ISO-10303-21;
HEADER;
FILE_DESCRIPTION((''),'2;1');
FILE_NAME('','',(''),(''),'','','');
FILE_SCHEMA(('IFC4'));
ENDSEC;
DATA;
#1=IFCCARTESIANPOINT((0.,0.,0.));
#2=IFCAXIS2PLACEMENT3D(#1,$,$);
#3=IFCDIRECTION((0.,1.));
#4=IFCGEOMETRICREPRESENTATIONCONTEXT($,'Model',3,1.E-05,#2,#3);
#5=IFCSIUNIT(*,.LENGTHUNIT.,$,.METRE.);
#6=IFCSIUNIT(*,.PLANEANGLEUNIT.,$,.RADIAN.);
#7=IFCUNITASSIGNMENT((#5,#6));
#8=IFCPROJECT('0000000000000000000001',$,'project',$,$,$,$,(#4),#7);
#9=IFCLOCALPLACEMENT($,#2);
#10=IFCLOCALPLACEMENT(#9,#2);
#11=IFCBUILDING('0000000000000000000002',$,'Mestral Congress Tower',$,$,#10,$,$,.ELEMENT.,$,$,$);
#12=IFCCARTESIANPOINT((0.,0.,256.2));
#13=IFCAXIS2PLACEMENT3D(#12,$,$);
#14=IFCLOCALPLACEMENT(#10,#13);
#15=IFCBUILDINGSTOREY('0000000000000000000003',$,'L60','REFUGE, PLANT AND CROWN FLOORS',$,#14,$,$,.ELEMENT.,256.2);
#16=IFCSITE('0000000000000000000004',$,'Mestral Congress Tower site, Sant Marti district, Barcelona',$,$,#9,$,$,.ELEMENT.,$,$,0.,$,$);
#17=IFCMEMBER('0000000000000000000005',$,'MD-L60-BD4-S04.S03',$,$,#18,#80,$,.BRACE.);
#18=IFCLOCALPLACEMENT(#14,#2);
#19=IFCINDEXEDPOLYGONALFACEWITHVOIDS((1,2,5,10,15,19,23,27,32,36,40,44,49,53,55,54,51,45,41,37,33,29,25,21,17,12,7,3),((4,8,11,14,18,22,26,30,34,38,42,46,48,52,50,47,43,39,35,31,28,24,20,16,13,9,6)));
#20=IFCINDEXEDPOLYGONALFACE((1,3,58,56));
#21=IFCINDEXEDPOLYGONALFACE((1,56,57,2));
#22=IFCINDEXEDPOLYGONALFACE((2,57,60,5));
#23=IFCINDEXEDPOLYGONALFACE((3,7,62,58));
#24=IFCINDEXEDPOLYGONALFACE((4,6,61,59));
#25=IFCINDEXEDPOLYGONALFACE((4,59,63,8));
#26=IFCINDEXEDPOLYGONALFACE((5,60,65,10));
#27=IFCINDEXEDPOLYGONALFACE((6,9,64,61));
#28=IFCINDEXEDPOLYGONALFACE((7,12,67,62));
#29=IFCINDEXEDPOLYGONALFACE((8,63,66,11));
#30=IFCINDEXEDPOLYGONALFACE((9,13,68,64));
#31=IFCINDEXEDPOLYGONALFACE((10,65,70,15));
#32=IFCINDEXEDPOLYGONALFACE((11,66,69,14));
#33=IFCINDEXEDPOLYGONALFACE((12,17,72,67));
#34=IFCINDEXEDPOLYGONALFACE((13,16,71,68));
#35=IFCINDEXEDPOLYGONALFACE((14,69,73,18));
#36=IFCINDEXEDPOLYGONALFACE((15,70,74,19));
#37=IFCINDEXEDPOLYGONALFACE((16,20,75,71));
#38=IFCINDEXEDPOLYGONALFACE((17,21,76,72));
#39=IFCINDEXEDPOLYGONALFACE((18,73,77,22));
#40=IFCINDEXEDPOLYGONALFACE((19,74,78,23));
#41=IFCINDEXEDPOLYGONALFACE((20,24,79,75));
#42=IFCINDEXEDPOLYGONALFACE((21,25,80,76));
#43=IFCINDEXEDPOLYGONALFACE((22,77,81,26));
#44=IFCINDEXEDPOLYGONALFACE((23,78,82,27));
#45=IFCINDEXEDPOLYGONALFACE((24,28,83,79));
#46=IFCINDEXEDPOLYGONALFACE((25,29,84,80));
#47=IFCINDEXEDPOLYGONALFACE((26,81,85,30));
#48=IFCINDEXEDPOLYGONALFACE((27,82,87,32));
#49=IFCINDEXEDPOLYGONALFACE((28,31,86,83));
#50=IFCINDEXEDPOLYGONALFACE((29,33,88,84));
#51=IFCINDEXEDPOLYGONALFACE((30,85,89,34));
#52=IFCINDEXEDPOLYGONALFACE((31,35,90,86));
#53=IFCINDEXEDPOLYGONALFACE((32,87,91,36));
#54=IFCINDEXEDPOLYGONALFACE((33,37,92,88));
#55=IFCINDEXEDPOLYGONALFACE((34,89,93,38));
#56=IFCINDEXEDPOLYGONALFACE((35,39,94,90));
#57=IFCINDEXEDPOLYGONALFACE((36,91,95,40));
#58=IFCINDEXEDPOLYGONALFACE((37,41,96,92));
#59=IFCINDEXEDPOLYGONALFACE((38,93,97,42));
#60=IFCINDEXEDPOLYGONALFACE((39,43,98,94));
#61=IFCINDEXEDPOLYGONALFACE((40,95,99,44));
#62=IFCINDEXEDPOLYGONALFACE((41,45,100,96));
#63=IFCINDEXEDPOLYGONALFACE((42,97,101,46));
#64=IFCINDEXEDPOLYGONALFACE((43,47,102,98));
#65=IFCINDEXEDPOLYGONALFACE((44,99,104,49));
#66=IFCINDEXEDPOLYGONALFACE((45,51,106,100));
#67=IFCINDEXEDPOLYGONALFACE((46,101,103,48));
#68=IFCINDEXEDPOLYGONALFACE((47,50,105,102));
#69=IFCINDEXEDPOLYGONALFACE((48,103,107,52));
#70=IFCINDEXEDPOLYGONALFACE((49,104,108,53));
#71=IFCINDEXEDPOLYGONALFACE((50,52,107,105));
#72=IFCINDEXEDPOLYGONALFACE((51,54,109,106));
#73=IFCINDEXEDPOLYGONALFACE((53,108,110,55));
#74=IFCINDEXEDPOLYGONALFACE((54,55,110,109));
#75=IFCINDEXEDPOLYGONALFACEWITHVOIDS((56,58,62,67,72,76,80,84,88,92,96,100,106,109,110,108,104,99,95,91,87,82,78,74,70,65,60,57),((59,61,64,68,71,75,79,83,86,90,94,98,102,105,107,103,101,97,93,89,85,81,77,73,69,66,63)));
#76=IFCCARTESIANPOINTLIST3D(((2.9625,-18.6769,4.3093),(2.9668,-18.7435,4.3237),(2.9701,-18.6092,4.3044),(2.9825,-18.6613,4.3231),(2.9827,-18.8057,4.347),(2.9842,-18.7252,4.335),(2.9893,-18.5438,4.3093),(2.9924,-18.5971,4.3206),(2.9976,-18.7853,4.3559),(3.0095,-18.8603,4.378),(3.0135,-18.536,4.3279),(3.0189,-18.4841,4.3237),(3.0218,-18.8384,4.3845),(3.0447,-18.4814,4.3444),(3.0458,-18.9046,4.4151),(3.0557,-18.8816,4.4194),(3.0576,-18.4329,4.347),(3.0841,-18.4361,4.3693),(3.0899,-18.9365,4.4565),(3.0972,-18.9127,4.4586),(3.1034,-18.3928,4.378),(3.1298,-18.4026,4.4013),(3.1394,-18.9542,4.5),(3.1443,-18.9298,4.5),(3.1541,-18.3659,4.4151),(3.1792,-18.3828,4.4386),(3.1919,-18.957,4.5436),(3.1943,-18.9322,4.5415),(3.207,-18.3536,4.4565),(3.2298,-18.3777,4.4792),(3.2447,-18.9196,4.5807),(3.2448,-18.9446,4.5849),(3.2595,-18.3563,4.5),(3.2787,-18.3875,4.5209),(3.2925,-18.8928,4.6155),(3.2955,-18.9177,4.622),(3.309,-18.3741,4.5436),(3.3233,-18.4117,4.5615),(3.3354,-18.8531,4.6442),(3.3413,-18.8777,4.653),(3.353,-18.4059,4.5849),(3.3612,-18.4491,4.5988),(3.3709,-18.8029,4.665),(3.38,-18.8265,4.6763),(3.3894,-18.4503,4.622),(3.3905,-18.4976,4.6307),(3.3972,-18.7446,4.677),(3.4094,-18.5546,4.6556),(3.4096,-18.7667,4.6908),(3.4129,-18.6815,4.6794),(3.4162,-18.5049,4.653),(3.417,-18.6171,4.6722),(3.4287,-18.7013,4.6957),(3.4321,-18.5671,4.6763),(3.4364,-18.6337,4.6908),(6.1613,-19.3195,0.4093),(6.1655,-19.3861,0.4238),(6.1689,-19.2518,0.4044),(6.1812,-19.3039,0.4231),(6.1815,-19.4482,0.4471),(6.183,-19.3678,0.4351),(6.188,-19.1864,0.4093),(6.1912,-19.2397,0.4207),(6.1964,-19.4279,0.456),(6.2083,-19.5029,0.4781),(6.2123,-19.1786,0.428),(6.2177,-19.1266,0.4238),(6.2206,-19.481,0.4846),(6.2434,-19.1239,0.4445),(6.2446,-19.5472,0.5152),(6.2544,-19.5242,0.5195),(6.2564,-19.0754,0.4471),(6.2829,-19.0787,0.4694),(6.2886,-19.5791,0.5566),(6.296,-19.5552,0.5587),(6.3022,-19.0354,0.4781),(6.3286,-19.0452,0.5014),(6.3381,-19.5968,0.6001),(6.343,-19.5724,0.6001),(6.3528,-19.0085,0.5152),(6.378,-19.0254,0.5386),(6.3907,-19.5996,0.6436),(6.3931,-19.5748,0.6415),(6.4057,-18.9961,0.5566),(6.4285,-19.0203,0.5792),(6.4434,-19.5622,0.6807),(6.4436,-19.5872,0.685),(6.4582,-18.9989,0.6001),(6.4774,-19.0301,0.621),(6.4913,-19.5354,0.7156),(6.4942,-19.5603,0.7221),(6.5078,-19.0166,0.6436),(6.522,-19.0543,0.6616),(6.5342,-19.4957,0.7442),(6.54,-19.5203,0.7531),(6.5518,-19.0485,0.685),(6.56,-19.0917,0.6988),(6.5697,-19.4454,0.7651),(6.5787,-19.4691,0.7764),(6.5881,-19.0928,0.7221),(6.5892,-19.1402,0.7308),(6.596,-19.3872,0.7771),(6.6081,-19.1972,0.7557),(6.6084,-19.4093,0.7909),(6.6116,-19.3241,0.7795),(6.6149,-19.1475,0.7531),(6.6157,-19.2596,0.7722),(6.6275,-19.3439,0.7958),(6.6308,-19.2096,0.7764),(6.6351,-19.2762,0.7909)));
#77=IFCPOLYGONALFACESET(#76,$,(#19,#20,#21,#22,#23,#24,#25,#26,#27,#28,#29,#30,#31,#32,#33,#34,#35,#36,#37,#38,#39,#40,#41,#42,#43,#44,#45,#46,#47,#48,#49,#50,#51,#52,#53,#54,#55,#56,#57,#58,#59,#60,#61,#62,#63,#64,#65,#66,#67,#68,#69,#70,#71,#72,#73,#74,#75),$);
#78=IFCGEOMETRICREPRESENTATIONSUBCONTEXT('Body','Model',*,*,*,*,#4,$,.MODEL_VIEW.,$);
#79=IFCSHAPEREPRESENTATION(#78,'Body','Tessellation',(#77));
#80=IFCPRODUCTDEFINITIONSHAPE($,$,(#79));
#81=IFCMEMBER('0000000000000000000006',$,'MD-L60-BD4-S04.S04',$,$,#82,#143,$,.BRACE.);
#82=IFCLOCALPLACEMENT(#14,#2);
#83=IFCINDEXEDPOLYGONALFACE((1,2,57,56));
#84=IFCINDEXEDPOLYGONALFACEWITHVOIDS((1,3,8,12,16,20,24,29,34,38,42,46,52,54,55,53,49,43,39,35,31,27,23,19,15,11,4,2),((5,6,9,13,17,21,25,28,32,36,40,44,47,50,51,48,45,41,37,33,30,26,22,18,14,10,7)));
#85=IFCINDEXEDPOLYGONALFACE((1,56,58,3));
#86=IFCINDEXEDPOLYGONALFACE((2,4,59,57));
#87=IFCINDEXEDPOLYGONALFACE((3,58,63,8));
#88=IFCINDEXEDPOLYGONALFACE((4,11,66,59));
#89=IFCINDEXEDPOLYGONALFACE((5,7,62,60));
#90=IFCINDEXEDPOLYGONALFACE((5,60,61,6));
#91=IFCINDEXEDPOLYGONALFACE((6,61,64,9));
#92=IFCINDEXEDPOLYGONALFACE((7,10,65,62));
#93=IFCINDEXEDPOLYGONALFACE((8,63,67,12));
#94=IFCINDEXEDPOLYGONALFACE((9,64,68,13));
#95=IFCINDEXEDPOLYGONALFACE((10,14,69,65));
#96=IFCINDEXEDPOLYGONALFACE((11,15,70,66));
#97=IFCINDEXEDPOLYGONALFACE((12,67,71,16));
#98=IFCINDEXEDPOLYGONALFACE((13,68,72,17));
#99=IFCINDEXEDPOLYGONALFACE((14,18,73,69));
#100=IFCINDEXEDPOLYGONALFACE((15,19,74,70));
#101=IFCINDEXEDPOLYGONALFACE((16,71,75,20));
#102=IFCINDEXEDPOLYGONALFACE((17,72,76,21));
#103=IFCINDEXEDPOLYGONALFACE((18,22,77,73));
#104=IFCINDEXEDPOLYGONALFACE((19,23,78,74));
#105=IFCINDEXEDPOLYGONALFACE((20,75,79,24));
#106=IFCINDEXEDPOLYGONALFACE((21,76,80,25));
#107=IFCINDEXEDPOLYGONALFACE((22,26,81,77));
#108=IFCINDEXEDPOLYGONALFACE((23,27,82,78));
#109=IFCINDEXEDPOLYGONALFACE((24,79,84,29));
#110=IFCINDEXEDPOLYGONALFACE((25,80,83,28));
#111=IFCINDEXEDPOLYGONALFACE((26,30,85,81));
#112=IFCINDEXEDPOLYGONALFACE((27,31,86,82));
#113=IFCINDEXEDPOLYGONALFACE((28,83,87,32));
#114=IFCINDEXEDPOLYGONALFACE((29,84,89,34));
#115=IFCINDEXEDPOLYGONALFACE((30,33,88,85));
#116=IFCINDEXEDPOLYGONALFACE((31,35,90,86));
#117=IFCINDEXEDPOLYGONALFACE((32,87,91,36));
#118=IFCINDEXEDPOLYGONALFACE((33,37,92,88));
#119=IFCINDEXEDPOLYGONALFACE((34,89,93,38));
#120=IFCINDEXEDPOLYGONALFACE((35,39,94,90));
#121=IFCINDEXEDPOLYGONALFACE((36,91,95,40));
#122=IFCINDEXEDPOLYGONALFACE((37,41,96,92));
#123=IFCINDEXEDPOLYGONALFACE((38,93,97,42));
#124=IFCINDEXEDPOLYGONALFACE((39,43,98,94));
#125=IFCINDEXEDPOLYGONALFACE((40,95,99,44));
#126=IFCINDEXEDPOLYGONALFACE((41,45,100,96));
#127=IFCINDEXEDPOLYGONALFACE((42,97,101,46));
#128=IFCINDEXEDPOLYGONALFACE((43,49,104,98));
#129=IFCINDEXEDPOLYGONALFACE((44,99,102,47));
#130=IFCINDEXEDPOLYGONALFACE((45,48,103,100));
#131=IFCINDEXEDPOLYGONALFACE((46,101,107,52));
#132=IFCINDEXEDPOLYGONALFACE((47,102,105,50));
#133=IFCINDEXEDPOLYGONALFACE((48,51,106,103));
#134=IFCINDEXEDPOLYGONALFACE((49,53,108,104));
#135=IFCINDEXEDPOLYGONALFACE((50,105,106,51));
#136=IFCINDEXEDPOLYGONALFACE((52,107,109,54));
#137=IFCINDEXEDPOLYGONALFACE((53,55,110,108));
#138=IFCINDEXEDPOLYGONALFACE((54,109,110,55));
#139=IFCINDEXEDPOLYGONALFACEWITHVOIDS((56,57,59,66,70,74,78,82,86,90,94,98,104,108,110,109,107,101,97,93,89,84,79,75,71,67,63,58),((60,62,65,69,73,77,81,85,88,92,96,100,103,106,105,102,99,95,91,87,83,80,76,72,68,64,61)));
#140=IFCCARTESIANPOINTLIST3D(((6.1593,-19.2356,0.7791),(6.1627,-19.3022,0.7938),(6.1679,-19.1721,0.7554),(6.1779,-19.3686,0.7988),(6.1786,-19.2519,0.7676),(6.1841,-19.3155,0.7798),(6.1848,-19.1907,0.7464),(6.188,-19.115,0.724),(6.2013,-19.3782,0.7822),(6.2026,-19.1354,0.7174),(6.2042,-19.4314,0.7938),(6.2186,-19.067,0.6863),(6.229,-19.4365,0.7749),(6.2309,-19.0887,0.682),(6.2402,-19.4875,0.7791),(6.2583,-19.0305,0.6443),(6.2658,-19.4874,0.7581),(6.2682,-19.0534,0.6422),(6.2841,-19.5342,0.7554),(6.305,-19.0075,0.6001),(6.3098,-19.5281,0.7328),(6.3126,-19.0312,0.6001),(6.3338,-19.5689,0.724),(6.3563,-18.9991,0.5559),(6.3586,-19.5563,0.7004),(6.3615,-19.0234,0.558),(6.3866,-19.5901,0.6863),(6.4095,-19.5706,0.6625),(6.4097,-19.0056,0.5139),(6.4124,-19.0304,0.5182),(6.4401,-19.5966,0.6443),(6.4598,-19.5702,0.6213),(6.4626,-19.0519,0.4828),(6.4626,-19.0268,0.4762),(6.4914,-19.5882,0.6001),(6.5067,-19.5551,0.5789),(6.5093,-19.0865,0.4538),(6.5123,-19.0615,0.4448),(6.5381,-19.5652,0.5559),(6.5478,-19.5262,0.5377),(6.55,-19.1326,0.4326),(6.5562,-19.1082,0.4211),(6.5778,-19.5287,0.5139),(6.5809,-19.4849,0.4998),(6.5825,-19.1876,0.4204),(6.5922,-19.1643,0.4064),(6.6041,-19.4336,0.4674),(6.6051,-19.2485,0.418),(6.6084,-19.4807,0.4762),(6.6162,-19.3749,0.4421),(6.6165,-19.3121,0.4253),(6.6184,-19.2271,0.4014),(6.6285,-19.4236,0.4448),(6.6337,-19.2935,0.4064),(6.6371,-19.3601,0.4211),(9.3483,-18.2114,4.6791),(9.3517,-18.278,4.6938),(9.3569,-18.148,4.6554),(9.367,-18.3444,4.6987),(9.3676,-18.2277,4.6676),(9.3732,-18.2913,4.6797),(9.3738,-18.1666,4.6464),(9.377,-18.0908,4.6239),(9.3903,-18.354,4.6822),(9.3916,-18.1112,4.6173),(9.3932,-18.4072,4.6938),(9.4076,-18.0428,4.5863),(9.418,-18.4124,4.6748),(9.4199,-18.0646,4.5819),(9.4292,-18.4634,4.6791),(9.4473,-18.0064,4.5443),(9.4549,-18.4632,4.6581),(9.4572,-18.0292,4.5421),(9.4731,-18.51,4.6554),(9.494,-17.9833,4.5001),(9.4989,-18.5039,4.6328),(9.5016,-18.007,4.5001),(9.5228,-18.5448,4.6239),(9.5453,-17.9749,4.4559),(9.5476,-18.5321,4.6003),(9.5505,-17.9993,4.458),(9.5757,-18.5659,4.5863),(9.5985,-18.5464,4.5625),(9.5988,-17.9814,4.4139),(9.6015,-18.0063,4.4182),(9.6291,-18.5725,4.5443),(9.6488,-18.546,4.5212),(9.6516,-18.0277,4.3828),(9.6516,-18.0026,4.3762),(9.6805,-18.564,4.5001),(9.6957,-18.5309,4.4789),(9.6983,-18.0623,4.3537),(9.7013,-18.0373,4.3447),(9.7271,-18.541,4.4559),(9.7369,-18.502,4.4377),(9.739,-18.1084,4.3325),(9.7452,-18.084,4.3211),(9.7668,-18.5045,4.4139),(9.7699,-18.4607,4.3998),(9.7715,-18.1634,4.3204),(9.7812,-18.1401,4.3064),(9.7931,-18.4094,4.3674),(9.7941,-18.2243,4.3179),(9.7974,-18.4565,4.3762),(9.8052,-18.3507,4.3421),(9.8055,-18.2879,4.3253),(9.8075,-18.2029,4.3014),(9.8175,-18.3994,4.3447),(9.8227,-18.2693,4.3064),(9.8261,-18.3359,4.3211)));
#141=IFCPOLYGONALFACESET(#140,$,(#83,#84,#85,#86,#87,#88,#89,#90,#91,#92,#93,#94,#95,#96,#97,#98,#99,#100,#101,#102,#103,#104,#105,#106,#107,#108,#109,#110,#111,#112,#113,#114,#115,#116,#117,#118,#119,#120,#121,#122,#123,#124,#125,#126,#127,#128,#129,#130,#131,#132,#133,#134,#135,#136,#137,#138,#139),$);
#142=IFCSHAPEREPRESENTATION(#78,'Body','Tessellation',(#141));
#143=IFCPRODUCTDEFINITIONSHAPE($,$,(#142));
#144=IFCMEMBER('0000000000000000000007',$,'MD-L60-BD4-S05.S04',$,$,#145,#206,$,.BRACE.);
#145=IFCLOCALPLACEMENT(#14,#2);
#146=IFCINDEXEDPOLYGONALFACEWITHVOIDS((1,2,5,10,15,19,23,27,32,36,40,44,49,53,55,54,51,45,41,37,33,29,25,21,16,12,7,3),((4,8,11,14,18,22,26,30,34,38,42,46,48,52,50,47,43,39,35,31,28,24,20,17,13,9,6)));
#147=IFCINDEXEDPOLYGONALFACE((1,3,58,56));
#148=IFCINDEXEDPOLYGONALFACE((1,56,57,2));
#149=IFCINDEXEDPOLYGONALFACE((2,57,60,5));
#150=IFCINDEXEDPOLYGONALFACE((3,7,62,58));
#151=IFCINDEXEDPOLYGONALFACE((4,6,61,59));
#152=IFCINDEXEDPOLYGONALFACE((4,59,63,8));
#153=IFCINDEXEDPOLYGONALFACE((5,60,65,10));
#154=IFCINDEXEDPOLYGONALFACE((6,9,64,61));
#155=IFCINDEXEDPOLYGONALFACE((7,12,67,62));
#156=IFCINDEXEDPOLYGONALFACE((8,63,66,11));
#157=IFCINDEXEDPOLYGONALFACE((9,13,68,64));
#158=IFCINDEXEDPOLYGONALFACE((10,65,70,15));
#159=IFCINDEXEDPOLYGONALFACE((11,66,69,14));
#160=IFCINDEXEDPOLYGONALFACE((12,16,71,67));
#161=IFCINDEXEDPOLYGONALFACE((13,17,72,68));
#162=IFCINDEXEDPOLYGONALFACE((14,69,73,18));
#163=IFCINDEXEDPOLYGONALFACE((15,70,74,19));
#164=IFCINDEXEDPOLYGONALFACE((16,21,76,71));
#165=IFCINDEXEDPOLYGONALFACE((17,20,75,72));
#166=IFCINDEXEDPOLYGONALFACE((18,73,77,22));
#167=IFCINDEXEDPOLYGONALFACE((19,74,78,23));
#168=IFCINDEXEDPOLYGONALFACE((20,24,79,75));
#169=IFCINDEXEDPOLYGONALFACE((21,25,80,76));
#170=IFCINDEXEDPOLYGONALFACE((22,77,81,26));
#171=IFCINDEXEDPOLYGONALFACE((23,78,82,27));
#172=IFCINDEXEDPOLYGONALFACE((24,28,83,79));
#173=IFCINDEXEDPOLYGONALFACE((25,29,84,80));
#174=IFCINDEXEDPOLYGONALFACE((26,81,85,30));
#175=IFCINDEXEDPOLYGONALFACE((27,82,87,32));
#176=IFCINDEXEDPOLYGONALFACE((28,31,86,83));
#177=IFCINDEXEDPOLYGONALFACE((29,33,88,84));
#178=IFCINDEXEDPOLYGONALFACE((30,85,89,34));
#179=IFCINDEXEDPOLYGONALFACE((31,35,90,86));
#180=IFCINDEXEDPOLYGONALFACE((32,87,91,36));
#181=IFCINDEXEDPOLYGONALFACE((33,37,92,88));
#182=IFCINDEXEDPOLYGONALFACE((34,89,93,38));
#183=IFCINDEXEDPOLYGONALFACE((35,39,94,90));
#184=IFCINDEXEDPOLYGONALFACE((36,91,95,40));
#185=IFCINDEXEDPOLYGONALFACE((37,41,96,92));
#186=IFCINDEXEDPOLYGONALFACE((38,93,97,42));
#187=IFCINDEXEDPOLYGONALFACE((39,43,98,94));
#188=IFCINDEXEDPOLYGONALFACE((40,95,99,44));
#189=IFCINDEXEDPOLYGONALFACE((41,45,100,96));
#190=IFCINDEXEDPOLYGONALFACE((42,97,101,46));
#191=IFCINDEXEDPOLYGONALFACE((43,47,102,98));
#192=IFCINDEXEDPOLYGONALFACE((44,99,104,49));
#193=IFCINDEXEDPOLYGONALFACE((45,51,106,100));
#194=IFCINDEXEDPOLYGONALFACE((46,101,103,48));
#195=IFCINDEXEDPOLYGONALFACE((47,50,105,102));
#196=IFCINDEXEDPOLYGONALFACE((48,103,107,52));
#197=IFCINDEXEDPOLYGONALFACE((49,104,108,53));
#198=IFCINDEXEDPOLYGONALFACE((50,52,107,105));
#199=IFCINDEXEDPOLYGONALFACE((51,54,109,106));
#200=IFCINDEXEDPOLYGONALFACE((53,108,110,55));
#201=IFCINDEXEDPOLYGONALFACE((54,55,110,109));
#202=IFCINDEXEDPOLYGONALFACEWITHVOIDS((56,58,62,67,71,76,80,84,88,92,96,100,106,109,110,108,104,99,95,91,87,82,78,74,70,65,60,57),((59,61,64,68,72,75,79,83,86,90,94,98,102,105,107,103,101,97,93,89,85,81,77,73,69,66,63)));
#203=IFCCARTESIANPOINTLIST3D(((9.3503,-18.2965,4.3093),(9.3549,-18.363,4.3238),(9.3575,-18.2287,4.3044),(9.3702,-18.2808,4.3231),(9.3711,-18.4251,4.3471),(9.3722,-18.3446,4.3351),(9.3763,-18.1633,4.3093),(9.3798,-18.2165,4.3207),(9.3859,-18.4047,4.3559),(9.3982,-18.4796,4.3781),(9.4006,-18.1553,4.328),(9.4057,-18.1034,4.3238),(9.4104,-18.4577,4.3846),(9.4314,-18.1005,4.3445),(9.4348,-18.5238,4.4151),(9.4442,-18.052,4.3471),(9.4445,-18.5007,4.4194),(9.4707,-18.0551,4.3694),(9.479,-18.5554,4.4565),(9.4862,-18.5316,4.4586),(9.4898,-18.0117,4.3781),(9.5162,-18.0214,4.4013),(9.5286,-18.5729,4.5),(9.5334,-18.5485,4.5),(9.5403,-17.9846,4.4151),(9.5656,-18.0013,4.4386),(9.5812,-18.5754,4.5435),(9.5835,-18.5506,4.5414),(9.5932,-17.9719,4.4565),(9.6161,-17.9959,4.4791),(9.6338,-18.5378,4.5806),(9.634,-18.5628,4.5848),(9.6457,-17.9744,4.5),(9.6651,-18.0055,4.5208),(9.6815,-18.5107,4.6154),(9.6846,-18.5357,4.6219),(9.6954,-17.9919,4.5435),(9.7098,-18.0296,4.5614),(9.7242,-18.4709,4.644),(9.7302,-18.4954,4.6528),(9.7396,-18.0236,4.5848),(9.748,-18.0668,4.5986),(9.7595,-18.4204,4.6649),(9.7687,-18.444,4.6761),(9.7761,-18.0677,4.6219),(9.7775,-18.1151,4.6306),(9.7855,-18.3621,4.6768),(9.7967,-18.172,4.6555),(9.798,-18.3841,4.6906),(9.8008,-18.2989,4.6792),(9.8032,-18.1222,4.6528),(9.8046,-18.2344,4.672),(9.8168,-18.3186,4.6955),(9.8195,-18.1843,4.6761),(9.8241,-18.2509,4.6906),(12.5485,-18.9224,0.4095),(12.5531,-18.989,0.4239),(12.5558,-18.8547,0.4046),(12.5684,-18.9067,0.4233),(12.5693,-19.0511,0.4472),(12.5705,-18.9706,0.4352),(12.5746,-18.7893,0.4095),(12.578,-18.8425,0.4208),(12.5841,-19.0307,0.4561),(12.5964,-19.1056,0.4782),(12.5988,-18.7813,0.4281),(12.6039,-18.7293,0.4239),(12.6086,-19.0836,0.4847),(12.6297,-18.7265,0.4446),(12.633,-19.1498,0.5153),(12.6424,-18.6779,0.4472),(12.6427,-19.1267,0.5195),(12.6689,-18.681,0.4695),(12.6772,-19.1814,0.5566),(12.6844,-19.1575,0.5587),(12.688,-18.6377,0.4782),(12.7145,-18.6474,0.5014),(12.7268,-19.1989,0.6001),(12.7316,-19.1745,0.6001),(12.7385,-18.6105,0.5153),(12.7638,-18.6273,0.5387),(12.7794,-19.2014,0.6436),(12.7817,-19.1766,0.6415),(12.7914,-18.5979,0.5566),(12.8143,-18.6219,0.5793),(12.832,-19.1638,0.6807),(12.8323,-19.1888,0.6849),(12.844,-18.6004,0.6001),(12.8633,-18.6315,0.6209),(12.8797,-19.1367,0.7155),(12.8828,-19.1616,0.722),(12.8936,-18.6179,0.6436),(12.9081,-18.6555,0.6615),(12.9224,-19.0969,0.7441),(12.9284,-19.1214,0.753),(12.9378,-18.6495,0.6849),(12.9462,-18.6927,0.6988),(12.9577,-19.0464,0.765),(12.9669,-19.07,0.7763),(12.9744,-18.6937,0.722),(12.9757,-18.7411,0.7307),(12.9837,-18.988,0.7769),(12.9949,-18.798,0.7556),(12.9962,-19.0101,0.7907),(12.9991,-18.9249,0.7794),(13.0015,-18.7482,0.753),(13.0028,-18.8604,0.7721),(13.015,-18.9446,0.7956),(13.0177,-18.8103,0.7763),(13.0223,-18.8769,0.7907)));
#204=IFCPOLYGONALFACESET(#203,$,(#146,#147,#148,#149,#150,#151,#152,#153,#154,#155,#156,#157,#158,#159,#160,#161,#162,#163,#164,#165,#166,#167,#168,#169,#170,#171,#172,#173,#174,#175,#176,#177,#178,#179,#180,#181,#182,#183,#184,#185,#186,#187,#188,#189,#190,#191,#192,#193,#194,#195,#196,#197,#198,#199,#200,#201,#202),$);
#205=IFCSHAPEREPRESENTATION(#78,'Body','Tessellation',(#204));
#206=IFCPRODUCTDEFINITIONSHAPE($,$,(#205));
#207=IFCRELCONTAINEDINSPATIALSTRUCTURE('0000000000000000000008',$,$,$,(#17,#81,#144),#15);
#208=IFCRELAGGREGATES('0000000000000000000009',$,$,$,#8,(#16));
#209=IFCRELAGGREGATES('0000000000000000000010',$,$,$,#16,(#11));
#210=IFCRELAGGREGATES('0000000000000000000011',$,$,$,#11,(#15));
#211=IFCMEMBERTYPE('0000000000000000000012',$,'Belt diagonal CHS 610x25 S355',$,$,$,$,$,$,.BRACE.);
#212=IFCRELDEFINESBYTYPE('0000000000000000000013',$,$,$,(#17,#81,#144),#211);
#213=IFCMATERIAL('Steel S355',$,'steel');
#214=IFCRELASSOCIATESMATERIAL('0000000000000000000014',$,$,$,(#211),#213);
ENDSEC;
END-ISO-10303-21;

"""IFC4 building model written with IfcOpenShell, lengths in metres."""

from ifc_helpers import new_model, si_unit, direction, frame, origin, origin_2d, place, context, subcontext, project, spatial, hollow_circle, extrude, material, material_profile, profile_set, type_object, element, save


model = new_model("IFC4")

# Units and contexts
model_context = context("Model", 3, precision=1e-05, world=origin(), true_north=direction((0.0, 1.0)))
body_context = subcontext(model_context, "Body", "Model", "MODEL_VIEW")
ifc_project = project(units=[si_unit("LENGTHUNIT", "METRE"), si_unit("PLANEANGLEUNIT", "RADIAN")], contexts=[model_context])

# Site, building, storey
site_placement = place(None, origin())
site = spatial("IfcSite", under=ifc_project, at=site_placement, Name="Mestral Congress Tower site, Sant Marti district, Barcelona", CompositionType="ELEMENT", RefElevation=0.0)
building_placement = place(site_placement, origin())
building = spatial("IfcBuilding", under=site, at=building_placement, Name="Mestral Congress Tower", CompositionType="ELEMENT")
storey_placement = place(building_placement, frame((0.0, 0.0, 256.2)))
storey = spatial("IfcBuildingStorey", under=building, at=storey_placement, Name="L60", Description="REFUGE, PLANT AND CROWN FLOORS", CompositionType="ELEMENT", Elevation=256.2)

# Members
ifc_material_1 = material(Name="Steel S355", Category="steel")
ifc_material_profile_1 = material_profile(ifc_material_1, hollow_circle(Radius=0.3049, WallThickness=0.0249, at=origin_2d()), Name="CHS 610x25")
ifc_profile_set_1 = profile_set([ifc_material_profile_1], Name="Steel S355")
member_type_1 = type_object("IfcMemberType", Name="Belt diagonal CHS 610x25 S355", PredefinedType="BRACE", material=ifc_profile_set_1)
member_1_placement = place(storey_placement, frame((6.3982, -19.2979, 0.6001), z_axis=(-0.629091, 0.126375, 0.76699), x_axis=(-0.196951, -0.980413, 0.0)))
element("IfcMember", 1, at=member_1_placement, inside=storey, type_object=member_type_1, Name="MD-L60-BD4-S04.S03", PredefinedType="BRACE", context=body_context, shape_type="SweptSolid", body=[
    extrude(hollow_circle(Radius=0.3049, WallThickness=0.0249, at=origin_2d()), origin(), (0.0, 0.0, 1.0), 5.0847),
])
member_2_placement = place(storey_placement, frame((6.3982, -19.2979, 0.6001), z_axis=(0.620327, 0.199224, 0.75862), x_axis=(-0.305778, 0.952103, 0.0)))
element("IfcMember", 2, at=member_2_placement, inside=storey, type_object=member_type_1, Name="MD-L60-BD4-S04.S04", PredefinedType="BRACE", context=body_context, shape_type="SweptSolid", body=[
    extrude(hollow_circle(Radius=0.3049, WallThickness=0.0249, at=origin_2d()), origin(), (0.0, 0.0, 1.0), 5.1409),
])
member_3_placement = place(storey_placement, frame((12.7854, -18.8997, 0.6001), z_axis=(-0.62929, 0.123168, 0.767349), x_axis=(-0.192081, -0.981379, 0.0)))
element("IfcMember", 3, at=member_3_placement, inside=storey, type_object=member_type_1, Name="MD-L60-BD4-S05.S04", PredefinedType="BRACE", context=body_context, shape_type="SweptSolid", body=[
    extrude(hollow_circle(Radius=0.3049, WallThickness=0.0249, at=origin_2d()), origin(), (0.0, 0.0, 1.0), 5.0823),
])

save(model, "model.ifc")
